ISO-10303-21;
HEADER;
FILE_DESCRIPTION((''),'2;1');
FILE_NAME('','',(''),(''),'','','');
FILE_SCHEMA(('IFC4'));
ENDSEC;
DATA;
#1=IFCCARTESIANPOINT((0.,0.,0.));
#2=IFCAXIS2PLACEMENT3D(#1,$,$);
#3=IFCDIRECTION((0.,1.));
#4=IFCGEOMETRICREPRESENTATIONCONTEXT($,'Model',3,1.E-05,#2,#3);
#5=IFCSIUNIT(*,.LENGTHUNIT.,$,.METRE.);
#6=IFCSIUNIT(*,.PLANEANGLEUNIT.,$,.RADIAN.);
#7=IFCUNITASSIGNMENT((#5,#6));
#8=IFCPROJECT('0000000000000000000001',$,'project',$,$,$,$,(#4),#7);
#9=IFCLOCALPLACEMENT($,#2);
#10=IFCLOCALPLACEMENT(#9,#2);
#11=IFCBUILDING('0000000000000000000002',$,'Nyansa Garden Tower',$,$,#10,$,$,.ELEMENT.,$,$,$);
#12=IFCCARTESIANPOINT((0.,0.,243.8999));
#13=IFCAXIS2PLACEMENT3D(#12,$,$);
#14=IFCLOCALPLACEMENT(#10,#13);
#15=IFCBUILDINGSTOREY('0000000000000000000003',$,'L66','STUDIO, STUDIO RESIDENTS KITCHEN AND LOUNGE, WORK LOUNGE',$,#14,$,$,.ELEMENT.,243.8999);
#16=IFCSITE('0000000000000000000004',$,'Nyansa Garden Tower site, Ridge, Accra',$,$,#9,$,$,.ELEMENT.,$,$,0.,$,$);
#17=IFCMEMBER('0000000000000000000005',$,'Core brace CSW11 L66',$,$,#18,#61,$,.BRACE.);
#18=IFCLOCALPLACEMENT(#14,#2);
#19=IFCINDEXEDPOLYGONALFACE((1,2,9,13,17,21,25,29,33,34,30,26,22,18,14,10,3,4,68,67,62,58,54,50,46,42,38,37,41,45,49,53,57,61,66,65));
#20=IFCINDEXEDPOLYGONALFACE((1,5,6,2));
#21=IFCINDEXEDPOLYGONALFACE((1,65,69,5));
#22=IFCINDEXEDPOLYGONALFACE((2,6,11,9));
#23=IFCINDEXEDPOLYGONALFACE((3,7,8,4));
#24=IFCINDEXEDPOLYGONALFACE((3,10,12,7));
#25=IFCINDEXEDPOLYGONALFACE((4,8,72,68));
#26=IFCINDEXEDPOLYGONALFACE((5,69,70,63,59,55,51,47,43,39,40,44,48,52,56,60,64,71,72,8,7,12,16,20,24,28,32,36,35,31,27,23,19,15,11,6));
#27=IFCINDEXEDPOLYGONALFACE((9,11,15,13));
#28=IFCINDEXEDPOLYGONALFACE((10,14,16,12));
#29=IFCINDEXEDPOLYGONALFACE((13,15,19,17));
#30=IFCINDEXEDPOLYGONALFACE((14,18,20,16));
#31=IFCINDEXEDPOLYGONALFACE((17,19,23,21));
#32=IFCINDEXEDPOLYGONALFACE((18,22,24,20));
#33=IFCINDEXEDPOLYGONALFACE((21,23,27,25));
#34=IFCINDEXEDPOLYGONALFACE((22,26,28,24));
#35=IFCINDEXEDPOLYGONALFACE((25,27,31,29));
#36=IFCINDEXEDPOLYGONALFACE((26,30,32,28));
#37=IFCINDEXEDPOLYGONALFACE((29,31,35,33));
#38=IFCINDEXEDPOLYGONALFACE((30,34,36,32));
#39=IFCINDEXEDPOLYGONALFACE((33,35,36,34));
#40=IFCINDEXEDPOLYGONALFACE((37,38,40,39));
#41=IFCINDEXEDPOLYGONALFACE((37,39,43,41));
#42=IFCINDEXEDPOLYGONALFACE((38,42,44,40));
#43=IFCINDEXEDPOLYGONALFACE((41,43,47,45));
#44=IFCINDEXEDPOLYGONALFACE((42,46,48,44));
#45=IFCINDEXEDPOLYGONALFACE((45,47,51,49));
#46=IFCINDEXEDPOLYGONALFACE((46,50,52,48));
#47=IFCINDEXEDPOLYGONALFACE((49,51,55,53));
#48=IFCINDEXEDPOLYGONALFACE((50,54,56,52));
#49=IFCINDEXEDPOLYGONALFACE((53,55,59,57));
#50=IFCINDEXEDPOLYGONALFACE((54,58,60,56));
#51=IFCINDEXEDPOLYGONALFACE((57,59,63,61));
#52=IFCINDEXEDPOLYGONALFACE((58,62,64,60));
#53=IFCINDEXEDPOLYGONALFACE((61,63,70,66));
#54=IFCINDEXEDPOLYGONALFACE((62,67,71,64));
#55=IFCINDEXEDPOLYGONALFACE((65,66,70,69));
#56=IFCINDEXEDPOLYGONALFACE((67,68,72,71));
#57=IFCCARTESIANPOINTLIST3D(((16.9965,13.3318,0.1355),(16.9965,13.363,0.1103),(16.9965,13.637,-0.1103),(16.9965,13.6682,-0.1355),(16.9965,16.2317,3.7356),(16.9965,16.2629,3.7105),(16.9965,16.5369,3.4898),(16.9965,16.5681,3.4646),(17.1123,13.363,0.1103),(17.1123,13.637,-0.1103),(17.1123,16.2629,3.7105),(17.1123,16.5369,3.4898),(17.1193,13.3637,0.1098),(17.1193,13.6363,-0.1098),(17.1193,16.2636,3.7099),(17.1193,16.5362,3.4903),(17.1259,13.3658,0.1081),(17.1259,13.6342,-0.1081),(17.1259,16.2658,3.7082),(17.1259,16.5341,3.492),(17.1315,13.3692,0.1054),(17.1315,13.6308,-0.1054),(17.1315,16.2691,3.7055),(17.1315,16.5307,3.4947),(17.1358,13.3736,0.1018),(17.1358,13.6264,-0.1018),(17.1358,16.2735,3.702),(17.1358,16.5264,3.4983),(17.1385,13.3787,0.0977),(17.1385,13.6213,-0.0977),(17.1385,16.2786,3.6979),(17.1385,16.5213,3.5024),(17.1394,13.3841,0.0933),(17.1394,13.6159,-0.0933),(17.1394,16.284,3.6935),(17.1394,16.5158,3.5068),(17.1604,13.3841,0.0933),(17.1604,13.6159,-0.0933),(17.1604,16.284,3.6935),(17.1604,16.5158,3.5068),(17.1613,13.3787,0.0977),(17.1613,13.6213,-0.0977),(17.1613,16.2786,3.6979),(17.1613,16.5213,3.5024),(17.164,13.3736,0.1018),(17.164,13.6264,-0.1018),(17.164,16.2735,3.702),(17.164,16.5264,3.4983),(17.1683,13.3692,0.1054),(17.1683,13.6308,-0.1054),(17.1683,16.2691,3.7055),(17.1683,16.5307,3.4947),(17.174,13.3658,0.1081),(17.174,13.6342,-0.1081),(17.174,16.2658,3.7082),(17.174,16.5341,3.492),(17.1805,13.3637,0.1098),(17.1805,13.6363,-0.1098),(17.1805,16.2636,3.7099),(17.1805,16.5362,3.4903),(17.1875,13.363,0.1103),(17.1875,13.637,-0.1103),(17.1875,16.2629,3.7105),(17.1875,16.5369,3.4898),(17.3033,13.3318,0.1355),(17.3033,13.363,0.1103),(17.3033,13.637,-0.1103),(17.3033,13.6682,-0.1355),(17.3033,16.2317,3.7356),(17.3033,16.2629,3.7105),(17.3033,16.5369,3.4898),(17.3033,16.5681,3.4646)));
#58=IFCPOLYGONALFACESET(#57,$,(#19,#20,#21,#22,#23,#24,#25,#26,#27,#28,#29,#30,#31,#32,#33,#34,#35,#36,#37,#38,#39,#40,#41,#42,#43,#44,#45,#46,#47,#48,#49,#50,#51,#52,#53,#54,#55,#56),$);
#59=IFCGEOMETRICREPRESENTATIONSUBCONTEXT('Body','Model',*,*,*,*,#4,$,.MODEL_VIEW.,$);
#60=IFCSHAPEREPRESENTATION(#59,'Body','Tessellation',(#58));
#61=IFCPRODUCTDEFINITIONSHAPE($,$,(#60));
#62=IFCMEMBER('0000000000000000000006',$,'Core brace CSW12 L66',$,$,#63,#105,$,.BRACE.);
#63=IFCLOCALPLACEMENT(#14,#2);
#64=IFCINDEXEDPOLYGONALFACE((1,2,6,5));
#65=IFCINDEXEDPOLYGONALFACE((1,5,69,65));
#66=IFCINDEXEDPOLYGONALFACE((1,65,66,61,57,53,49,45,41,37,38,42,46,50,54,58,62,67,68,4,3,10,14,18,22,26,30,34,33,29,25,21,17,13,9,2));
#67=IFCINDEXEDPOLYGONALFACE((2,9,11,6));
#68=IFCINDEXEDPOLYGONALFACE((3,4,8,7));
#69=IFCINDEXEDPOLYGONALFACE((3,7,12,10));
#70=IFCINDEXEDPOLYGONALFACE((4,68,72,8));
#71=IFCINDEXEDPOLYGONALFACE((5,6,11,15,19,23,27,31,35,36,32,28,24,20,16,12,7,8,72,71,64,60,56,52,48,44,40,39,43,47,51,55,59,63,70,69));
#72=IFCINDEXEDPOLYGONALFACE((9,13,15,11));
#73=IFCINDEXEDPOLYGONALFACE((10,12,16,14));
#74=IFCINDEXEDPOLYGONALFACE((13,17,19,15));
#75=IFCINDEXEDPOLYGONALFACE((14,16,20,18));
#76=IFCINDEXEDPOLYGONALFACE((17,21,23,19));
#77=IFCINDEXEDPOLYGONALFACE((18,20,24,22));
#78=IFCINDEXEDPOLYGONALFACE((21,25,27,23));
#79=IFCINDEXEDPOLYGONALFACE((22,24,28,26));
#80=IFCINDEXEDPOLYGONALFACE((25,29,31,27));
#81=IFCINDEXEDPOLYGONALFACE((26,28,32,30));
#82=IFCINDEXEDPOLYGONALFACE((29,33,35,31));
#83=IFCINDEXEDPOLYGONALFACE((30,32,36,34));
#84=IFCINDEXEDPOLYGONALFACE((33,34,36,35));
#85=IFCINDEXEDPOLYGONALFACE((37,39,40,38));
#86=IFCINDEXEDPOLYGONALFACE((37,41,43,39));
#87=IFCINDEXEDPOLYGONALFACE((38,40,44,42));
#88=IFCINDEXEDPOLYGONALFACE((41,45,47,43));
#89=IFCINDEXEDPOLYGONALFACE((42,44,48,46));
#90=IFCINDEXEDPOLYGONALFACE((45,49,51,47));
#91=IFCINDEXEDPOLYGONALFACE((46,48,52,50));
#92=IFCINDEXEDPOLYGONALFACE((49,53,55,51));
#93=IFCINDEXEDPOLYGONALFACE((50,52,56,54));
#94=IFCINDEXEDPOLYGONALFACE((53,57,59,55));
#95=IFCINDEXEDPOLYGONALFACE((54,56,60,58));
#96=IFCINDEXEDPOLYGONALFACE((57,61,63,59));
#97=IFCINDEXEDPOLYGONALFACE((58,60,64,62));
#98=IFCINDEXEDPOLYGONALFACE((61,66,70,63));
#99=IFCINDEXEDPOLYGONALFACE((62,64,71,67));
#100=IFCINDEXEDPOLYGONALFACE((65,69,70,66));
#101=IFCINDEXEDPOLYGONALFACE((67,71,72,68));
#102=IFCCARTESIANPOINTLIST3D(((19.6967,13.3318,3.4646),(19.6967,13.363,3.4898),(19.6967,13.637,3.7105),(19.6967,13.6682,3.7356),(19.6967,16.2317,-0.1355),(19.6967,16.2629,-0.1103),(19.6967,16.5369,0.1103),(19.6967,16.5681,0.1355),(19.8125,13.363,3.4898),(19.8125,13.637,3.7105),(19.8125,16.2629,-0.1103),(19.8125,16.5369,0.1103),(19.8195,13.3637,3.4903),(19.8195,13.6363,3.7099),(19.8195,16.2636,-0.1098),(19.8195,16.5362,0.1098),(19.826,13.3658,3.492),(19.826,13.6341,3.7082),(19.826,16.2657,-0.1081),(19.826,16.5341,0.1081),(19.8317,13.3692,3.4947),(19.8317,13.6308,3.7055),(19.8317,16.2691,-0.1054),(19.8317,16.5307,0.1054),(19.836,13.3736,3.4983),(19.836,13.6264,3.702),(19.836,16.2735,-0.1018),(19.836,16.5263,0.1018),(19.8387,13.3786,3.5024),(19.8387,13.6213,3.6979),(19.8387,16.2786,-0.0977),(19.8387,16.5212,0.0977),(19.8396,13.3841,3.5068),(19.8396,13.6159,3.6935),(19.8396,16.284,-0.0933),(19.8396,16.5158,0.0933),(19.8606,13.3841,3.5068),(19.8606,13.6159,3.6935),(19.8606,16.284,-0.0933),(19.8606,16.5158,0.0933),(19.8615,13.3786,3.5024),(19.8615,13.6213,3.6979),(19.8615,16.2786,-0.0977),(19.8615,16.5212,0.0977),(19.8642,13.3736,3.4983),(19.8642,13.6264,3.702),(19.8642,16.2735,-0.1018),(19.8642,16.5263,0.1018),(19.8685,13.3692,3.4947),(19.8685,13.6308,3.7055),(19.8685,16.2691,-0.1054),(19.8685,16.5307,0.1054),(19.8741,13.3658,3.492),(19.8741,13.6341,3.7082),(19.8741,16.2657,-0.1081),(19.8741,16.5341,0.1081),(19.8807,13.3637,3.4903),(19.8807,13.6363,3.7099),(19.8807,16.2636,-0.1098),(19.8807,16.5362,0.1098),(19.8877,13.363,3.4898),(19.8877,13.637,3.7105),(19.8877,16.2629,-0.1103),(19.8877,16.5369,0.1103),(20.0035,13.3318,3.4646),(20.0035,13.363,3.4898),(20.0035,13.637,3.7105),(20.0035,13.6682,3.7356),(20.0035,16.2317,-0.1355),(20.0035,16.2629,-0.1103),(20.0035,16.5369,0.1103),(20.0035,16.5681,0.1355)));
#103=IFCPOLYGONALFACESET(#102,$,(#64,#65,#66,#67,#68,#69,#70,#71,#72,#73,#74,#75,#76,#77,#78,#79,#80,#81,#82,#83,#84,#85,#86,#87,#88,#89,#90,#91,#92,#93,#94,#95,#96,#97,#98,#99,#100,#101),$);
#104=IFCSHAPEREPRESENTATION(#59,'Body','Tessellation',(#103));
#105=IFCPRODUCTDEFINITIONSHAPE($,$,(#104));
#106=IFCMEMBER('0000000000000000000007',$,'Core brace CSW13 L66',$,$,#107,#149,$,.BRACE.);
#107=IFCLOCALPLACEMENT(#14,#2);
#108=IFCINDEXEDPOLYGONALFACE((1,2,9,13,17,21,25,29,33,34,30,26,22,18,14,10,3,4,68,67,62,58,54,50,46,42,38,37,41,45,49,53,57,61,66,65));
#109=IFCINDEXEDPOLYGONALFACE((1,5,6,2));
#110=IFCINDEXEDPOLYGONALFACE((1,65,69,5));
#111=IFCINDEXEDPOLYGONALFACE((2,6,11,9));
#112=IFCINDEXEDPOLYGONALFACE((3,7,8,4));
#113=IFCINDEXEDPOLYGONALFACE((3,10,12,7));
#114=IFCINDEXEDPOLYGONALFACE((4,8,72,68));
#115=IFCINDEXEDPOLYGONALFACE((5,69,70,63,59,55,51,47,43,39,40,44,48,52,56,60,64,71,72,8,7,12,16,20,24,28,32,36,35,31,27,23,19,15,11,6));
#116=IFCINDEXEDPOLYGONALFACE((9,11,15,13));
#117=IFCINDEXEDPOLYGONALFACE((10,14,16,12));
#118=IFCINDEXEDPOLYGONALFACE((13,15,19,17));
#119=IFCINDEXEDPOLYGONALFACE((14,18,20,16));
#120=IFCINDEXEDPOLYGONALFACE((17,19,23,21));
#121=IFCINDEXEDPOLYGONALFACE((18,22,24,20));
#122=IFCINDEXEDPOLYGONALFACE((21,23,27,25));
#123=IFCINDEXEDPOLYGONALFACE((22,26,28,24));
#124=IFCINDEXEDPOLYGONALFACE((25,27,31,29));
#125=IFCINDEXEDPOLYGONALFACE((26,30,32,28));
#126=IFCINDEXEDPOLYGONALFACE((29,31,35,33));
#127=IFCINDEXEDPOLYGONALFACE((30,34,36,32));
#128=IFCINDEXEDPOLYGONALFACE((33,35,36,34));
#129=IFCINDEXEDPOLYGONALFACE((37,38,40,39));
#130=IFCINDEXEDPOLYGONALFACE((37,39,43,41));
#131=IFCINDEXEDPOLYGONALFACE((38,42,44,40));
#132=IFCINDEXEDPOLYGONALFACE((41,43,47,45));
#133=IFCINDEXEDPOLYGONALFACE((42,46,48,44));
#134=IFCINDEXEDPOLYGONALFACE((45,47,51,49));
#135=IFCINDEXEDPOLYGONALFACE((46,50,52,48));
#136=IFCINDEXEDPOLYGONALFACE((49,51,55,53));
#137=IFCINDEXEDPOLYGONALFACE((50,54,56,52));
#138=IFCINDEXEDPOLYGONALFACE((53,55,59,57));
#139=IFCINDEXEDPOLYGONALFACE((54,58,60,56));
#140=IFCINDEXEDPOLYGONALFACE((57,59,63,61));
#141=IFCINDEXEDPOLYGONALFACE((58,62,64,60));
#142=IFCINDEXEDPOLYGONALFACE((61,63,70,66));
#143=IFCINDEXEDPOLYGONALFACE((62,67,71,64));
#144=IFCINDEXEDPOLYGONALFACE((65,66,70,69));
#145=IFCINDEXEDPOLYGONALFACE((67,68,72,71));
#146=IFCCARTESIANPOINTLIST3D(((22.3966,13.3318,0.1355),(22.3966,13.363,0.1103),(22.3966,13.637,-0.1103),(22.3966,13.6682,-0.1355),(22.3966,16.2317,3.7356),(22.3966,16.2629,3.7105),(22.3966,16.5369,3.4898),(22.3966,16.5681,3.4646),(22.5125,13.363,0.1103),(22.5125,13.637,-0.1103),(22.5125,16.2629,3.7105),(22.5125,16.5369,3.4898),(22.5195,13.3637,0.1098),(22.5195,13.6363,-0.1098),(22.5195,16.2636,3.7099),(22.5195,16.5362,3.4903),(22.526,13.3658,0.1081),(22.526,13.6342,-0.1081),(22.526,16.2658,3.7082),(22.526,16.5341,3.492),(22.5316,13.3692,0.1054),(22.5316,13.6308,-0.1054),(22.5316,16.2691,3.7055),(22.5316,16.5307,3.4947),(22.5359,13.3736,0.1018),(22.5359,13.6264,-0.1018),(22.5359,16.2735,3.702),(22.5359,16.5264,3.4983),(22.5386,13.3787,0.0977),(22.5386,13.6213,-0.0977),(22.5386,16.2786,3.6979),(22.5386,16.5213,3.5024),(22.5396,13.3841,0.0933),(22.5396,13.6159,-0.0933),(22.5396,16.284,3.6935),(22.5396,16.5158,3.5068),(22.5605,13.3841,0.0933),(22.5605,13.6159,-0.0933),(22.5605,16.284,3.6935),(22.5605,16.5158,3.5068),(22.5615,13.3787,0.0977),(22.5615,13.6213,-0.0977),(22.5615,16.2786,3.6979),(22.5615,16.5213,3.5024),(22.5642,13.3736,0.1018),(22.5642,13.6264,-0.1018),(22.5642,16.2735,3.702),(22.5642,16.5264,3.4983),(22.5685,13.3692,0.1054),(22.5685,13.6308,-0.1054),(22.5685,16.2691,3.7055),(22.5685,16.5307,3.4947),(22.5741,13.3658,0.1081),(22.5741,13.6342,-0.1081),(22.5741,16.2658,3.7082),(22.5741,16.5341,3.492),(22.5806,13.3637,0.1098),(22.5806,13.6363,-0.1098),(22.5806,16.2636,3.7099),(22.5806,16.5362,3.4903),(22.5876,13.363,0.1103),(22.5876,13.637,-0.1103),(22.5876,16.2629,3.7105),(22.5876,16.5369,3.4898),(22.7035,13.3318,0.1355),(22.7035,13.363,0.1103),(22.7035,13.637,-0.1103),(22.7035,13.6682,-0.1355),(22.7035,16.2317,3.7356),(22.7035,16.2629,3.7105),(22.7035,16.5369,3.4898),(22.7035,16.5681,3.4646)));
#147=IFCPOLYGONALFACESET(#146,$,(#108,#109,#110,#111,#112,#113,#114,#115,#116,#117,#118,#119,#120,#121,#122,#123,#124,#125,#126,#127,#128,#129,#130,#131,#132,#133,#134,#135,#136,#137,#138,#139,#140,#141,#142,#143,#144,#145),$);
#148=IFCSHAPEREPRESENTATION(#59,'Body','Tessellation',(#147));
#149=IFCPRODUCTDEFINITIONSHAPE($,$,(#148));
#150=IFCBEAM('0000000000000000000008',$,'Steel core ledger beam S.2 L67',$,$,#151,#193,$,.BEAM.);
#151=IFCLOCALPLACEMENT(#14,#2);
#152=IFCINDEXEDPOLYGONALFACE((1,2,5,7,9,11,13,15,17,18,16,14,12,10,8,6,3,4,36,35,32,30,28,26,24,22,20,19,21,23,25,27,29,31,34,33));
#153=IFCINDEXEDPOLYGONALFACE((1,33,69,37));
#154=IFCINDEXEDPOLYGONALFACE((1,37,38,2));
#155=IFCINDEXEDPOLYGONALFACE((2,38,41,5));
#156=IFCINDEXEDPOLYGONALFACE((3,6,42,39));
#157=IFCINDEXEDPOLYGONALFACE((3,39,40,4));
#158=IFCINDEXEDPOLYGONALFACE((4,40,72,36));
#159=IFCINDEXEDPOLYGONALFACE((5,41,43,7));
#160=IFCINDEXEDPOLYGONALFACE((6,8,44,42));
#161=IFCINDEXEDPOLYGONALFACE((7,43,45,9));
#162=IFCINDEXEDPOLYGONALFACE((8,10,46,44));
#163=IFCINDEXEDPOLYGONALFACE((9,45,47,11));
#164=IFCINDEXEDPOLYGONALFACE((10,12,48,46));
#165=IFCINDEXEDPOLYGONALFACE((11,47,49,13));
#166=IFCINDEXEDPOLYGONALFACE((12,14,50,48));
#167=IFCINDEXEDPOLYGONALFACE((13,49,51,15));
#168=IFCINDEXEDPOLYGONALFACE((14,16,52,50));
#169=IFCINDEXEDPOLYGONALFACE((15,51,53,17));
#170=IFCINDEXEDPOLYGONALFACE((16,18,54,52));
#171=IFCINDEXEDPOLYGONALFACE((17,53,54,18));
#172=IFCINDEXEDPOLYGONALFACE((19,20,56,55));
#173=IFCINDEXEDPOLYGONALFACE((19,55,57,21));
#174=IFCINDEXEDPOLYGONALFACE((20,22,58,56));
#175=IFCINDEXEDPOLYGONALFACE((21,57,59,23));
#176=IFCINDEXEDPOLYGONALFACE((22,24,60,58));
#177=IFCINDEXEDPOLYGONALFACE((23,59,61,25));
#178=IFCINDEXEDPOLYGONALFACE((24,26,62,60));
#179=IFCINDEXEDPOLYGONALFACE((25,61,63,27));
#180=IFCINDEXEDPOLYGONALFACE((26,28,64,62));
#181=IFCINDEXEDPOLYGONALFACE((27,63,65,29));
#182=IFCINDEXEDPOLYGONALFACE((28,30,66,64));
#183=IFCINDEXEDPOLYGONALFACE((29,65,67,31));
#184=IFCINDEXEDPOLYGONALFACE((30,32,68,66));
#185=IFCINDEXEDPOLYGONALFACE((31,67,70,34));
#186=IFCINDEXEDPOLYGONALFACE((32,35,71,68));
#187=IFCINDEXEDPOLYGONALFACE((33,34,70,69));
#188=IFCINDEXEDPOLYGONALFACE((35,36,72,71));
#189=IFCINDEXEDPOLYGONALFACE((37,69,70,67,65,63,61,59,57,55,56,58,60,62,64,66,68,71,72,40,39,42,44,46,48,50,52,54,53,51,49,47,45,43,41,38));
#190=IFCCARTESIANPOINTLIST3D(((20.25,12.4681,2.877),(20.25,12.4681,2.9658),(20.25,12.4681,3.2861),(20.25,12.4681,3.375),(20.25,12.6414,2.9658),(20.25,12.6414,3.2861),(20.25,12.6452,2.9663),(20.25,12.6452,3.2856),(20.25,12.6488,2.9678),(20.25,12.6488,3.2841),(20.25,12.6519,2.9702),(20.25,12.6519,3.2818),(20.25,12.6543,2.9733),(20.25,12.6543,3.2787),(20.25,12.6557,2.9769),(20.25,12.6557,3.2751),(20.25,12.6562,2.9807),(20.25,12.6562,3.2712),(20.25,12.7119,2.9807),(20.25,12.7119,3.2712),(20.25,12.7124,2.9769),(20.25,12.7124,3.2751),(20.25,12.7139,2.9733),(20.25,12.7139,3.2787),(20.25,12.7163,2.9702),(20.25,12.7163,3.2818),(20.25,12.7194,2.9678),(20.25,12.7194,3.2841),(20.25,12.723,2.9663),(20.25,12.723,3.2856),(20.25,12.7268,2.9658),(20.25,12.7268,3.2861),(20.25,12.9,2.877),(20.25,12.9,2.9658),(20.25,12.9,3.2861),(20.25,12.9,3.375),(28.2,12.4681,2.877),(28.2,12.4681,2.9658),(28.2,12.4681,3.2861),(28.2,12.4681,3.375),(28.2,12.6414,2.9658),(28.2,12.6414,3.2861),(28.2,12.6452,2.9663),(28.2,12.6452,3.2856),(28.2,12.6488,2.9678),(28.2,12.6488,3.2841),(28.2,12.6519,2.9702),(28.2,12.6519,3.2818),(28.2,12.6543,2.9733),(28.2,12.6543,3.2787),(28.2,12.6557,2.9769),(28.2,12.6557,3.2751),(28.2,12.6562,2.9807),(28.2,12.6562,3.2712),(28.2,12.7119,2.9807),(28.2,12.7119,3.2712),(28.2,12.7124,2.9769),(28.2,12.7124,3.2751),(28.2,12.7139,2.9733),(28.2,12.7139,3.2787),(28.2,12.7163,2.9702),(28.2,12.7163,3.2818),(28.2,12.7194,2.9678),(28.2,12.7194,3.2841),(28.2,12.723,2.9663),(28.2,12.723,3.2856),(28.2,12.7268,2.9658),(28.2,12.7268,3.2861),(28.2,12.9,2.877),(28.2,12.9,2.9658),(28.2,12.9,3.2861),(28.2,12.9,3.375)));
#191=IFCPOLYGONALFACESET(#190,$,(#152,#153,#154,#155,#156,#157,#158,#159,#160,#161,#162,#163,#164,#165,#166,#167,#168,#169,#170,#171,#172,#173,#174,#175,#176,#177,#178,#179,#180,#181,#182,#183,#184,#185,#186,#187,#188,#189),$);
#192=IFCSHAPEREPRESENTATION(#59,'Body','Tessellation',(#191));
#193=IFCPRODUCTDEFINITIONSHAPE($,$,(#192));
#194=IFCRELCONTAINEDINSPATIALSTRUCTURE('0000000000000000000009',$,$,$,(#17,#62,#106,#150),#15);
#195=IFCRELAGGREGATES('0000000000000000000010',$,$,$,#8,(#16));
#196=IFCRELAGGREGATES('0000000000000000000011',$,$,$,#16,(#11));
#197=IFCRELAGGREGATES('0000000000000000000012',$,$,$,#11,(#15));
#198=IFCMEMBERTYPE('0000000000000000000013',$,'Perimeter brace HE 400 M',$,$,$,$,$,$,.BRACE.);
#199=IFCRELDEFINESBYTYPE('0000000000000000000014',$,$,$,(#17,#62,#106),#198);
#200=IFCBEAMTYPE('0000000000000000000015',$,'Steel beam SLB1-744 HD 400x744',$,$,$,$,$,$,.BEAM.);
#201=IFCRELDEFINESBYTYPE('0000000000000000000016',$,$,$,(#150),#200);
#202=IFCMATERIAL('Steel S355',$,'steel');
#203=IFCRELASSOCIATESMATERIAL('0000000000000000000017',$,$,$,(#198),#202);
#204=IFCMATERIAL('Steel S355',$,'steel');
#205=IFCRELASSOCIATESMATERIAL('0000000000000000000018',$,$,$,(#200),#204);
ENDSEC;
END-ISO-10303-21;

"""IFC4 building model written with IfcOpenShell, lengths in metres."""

from ifc_helpers import new_model, si_unit, direction, frame, origin, origin_2d, place, context, subcontext, project, spatial, i_section, extrude, material, material_profile, profile_set, type_object, element, save


model = new_model("IFC4")

# Units and contexts
model_context = context("Model", 3, precision=1e-05, world=origin(), true_north=direction((0.0, 1.0)))
body_context = subcontext(model_context, "Body", "Model", "MODEL_VIEW")
ifc_project = project(units=[si_unit("LENGTHUNIT", "METRE"), si_unit("PLANEANGLEUNIT", "RADIAN")], contexts=[model_context])

# Site, building, storey
site_placement = place(None, origin())
site = spatial("IfcSite", under=ifc_project, at=site_placement, Name="Nyansa Garden Tower site, Ridge, Accra", CompositionType="ELEMENT", RefElevation=0.0)
building_placement = place(site_placement, origin())
building = spatial("IfcBuilding", under=site, at=building_placement, Name="Nyansa Garden Tower", CompositionType="ELEMENT")
storey_placement = place(building_placement, frame((0.0, 0.0, 243.8999)))
storey = spatial("IfcBuildingStorey", under=building, at=storey_placement, Name="L66", Description="STUDIO, STUDIO RESIDENTS KITCHEN AND LOUNGE, WORK LOUNGE", CompositionType="ELEMENT", Elevation=243.8999)

# Members
ifc_material_1 = material(Name="Steel S355", Category="steel")
ifc_material_profile_1 = material_profile(ifc_material_1, i_section(OverallWidth=0.3069, OverallDepth=0.4319, WebThickness=0.021, FlangeThickness=0.04, FilletRadius=0.0271, at=origin_2d()), Name="HE 400 M")
ifc_profile_set_1 = profile_set([ifc_material_profile_1], Name="Steel S355")
member_type = type_object("IfcMemberType", Name="Perimeter brace HE 400 M", PredefinedType="BRACE", material=ifc_profile_set_1)
for number, where, z_axis, x_axis, name in (
    (1, (17.1499, 13.5, 0.0), (0.0, 0.627306, 0.778773), (-1.0, 0.0, 0.0), "Core brace CSW11 L66"),
    (2, (19.8501, 16.3999, 0.0), (0.0, -0.627306, 0.778773), (1.0, 0.0, 0.0), "Core brace CSW12 L66"),
    (3, (22.55, 13.5, 0.0), (0.0, 0.627306, 0.778773), (-1.0, 0.0, 0.0), "Core brace CSW13 L66"),
):
    element("IfcMember", number, at=place(storey_placement, frame(where, z_axis=z_axis, x_axis=x_axis)), inside=storey, type_object=member_type, Name=name, PredefinedType="BRACE", context=body_context, shape_type="SweptSolid", body=[
        extrude(i_section(OverallWidth=0.3069, OverallDepth=0.4319, WebThickness=0.021, FlangeThickness=0.04, FilletRadius=0.0271, at=origin_2d()), origin(), (0.0, 0.0, 1.0), 4.6228),
    ])

# Beam
ifc_material_2 = material(Name="Steel S355", Category="steel")
ifc_material_profile_2 = material_profile(ifc_material_2, i_section(OverallWidth=0.4319, OverallDepth=0.498, WebThickness=0.0557, FlangeThickness=0.0889, FilletRadius=0.0149, at=origin_2d()), Name="HD 400x744")
ifc_profile_set_2 = profile_set([ifc_material_profile_2], Name="Steel S355")
beam_type = type_object("IfcBeamType", Name="Steel beam SLB1-744 HD 400x744", PredefinedType="BEAM", material=ifc_profile_set_2)
beam_placement = place(storey_placement, frame((20.25, 12.6841, 3.126), z_axis=(1.0, 0.0, 0.0), x_axis=(0.0, 1.0, 0.0)))
element("IfcBeam", 4, at=beam_placement, inside=storey, type_object=beam_type, Name="Steel core ledger beam S.2 L67", PredefinedType="BEAM", context=body_context, shape_type="SweptSolid", body=[
    extrude(i_section(OverallWidth=0.4319, OverallDepth=0.498, WebThickness=0.0557, FlangeThickness=0.0889, FilletRadius=0.0149, at=origin_2d()), origin(), (0.0, 0.0, 1.0), 7.95),
])

save(model, "model.ifc")
